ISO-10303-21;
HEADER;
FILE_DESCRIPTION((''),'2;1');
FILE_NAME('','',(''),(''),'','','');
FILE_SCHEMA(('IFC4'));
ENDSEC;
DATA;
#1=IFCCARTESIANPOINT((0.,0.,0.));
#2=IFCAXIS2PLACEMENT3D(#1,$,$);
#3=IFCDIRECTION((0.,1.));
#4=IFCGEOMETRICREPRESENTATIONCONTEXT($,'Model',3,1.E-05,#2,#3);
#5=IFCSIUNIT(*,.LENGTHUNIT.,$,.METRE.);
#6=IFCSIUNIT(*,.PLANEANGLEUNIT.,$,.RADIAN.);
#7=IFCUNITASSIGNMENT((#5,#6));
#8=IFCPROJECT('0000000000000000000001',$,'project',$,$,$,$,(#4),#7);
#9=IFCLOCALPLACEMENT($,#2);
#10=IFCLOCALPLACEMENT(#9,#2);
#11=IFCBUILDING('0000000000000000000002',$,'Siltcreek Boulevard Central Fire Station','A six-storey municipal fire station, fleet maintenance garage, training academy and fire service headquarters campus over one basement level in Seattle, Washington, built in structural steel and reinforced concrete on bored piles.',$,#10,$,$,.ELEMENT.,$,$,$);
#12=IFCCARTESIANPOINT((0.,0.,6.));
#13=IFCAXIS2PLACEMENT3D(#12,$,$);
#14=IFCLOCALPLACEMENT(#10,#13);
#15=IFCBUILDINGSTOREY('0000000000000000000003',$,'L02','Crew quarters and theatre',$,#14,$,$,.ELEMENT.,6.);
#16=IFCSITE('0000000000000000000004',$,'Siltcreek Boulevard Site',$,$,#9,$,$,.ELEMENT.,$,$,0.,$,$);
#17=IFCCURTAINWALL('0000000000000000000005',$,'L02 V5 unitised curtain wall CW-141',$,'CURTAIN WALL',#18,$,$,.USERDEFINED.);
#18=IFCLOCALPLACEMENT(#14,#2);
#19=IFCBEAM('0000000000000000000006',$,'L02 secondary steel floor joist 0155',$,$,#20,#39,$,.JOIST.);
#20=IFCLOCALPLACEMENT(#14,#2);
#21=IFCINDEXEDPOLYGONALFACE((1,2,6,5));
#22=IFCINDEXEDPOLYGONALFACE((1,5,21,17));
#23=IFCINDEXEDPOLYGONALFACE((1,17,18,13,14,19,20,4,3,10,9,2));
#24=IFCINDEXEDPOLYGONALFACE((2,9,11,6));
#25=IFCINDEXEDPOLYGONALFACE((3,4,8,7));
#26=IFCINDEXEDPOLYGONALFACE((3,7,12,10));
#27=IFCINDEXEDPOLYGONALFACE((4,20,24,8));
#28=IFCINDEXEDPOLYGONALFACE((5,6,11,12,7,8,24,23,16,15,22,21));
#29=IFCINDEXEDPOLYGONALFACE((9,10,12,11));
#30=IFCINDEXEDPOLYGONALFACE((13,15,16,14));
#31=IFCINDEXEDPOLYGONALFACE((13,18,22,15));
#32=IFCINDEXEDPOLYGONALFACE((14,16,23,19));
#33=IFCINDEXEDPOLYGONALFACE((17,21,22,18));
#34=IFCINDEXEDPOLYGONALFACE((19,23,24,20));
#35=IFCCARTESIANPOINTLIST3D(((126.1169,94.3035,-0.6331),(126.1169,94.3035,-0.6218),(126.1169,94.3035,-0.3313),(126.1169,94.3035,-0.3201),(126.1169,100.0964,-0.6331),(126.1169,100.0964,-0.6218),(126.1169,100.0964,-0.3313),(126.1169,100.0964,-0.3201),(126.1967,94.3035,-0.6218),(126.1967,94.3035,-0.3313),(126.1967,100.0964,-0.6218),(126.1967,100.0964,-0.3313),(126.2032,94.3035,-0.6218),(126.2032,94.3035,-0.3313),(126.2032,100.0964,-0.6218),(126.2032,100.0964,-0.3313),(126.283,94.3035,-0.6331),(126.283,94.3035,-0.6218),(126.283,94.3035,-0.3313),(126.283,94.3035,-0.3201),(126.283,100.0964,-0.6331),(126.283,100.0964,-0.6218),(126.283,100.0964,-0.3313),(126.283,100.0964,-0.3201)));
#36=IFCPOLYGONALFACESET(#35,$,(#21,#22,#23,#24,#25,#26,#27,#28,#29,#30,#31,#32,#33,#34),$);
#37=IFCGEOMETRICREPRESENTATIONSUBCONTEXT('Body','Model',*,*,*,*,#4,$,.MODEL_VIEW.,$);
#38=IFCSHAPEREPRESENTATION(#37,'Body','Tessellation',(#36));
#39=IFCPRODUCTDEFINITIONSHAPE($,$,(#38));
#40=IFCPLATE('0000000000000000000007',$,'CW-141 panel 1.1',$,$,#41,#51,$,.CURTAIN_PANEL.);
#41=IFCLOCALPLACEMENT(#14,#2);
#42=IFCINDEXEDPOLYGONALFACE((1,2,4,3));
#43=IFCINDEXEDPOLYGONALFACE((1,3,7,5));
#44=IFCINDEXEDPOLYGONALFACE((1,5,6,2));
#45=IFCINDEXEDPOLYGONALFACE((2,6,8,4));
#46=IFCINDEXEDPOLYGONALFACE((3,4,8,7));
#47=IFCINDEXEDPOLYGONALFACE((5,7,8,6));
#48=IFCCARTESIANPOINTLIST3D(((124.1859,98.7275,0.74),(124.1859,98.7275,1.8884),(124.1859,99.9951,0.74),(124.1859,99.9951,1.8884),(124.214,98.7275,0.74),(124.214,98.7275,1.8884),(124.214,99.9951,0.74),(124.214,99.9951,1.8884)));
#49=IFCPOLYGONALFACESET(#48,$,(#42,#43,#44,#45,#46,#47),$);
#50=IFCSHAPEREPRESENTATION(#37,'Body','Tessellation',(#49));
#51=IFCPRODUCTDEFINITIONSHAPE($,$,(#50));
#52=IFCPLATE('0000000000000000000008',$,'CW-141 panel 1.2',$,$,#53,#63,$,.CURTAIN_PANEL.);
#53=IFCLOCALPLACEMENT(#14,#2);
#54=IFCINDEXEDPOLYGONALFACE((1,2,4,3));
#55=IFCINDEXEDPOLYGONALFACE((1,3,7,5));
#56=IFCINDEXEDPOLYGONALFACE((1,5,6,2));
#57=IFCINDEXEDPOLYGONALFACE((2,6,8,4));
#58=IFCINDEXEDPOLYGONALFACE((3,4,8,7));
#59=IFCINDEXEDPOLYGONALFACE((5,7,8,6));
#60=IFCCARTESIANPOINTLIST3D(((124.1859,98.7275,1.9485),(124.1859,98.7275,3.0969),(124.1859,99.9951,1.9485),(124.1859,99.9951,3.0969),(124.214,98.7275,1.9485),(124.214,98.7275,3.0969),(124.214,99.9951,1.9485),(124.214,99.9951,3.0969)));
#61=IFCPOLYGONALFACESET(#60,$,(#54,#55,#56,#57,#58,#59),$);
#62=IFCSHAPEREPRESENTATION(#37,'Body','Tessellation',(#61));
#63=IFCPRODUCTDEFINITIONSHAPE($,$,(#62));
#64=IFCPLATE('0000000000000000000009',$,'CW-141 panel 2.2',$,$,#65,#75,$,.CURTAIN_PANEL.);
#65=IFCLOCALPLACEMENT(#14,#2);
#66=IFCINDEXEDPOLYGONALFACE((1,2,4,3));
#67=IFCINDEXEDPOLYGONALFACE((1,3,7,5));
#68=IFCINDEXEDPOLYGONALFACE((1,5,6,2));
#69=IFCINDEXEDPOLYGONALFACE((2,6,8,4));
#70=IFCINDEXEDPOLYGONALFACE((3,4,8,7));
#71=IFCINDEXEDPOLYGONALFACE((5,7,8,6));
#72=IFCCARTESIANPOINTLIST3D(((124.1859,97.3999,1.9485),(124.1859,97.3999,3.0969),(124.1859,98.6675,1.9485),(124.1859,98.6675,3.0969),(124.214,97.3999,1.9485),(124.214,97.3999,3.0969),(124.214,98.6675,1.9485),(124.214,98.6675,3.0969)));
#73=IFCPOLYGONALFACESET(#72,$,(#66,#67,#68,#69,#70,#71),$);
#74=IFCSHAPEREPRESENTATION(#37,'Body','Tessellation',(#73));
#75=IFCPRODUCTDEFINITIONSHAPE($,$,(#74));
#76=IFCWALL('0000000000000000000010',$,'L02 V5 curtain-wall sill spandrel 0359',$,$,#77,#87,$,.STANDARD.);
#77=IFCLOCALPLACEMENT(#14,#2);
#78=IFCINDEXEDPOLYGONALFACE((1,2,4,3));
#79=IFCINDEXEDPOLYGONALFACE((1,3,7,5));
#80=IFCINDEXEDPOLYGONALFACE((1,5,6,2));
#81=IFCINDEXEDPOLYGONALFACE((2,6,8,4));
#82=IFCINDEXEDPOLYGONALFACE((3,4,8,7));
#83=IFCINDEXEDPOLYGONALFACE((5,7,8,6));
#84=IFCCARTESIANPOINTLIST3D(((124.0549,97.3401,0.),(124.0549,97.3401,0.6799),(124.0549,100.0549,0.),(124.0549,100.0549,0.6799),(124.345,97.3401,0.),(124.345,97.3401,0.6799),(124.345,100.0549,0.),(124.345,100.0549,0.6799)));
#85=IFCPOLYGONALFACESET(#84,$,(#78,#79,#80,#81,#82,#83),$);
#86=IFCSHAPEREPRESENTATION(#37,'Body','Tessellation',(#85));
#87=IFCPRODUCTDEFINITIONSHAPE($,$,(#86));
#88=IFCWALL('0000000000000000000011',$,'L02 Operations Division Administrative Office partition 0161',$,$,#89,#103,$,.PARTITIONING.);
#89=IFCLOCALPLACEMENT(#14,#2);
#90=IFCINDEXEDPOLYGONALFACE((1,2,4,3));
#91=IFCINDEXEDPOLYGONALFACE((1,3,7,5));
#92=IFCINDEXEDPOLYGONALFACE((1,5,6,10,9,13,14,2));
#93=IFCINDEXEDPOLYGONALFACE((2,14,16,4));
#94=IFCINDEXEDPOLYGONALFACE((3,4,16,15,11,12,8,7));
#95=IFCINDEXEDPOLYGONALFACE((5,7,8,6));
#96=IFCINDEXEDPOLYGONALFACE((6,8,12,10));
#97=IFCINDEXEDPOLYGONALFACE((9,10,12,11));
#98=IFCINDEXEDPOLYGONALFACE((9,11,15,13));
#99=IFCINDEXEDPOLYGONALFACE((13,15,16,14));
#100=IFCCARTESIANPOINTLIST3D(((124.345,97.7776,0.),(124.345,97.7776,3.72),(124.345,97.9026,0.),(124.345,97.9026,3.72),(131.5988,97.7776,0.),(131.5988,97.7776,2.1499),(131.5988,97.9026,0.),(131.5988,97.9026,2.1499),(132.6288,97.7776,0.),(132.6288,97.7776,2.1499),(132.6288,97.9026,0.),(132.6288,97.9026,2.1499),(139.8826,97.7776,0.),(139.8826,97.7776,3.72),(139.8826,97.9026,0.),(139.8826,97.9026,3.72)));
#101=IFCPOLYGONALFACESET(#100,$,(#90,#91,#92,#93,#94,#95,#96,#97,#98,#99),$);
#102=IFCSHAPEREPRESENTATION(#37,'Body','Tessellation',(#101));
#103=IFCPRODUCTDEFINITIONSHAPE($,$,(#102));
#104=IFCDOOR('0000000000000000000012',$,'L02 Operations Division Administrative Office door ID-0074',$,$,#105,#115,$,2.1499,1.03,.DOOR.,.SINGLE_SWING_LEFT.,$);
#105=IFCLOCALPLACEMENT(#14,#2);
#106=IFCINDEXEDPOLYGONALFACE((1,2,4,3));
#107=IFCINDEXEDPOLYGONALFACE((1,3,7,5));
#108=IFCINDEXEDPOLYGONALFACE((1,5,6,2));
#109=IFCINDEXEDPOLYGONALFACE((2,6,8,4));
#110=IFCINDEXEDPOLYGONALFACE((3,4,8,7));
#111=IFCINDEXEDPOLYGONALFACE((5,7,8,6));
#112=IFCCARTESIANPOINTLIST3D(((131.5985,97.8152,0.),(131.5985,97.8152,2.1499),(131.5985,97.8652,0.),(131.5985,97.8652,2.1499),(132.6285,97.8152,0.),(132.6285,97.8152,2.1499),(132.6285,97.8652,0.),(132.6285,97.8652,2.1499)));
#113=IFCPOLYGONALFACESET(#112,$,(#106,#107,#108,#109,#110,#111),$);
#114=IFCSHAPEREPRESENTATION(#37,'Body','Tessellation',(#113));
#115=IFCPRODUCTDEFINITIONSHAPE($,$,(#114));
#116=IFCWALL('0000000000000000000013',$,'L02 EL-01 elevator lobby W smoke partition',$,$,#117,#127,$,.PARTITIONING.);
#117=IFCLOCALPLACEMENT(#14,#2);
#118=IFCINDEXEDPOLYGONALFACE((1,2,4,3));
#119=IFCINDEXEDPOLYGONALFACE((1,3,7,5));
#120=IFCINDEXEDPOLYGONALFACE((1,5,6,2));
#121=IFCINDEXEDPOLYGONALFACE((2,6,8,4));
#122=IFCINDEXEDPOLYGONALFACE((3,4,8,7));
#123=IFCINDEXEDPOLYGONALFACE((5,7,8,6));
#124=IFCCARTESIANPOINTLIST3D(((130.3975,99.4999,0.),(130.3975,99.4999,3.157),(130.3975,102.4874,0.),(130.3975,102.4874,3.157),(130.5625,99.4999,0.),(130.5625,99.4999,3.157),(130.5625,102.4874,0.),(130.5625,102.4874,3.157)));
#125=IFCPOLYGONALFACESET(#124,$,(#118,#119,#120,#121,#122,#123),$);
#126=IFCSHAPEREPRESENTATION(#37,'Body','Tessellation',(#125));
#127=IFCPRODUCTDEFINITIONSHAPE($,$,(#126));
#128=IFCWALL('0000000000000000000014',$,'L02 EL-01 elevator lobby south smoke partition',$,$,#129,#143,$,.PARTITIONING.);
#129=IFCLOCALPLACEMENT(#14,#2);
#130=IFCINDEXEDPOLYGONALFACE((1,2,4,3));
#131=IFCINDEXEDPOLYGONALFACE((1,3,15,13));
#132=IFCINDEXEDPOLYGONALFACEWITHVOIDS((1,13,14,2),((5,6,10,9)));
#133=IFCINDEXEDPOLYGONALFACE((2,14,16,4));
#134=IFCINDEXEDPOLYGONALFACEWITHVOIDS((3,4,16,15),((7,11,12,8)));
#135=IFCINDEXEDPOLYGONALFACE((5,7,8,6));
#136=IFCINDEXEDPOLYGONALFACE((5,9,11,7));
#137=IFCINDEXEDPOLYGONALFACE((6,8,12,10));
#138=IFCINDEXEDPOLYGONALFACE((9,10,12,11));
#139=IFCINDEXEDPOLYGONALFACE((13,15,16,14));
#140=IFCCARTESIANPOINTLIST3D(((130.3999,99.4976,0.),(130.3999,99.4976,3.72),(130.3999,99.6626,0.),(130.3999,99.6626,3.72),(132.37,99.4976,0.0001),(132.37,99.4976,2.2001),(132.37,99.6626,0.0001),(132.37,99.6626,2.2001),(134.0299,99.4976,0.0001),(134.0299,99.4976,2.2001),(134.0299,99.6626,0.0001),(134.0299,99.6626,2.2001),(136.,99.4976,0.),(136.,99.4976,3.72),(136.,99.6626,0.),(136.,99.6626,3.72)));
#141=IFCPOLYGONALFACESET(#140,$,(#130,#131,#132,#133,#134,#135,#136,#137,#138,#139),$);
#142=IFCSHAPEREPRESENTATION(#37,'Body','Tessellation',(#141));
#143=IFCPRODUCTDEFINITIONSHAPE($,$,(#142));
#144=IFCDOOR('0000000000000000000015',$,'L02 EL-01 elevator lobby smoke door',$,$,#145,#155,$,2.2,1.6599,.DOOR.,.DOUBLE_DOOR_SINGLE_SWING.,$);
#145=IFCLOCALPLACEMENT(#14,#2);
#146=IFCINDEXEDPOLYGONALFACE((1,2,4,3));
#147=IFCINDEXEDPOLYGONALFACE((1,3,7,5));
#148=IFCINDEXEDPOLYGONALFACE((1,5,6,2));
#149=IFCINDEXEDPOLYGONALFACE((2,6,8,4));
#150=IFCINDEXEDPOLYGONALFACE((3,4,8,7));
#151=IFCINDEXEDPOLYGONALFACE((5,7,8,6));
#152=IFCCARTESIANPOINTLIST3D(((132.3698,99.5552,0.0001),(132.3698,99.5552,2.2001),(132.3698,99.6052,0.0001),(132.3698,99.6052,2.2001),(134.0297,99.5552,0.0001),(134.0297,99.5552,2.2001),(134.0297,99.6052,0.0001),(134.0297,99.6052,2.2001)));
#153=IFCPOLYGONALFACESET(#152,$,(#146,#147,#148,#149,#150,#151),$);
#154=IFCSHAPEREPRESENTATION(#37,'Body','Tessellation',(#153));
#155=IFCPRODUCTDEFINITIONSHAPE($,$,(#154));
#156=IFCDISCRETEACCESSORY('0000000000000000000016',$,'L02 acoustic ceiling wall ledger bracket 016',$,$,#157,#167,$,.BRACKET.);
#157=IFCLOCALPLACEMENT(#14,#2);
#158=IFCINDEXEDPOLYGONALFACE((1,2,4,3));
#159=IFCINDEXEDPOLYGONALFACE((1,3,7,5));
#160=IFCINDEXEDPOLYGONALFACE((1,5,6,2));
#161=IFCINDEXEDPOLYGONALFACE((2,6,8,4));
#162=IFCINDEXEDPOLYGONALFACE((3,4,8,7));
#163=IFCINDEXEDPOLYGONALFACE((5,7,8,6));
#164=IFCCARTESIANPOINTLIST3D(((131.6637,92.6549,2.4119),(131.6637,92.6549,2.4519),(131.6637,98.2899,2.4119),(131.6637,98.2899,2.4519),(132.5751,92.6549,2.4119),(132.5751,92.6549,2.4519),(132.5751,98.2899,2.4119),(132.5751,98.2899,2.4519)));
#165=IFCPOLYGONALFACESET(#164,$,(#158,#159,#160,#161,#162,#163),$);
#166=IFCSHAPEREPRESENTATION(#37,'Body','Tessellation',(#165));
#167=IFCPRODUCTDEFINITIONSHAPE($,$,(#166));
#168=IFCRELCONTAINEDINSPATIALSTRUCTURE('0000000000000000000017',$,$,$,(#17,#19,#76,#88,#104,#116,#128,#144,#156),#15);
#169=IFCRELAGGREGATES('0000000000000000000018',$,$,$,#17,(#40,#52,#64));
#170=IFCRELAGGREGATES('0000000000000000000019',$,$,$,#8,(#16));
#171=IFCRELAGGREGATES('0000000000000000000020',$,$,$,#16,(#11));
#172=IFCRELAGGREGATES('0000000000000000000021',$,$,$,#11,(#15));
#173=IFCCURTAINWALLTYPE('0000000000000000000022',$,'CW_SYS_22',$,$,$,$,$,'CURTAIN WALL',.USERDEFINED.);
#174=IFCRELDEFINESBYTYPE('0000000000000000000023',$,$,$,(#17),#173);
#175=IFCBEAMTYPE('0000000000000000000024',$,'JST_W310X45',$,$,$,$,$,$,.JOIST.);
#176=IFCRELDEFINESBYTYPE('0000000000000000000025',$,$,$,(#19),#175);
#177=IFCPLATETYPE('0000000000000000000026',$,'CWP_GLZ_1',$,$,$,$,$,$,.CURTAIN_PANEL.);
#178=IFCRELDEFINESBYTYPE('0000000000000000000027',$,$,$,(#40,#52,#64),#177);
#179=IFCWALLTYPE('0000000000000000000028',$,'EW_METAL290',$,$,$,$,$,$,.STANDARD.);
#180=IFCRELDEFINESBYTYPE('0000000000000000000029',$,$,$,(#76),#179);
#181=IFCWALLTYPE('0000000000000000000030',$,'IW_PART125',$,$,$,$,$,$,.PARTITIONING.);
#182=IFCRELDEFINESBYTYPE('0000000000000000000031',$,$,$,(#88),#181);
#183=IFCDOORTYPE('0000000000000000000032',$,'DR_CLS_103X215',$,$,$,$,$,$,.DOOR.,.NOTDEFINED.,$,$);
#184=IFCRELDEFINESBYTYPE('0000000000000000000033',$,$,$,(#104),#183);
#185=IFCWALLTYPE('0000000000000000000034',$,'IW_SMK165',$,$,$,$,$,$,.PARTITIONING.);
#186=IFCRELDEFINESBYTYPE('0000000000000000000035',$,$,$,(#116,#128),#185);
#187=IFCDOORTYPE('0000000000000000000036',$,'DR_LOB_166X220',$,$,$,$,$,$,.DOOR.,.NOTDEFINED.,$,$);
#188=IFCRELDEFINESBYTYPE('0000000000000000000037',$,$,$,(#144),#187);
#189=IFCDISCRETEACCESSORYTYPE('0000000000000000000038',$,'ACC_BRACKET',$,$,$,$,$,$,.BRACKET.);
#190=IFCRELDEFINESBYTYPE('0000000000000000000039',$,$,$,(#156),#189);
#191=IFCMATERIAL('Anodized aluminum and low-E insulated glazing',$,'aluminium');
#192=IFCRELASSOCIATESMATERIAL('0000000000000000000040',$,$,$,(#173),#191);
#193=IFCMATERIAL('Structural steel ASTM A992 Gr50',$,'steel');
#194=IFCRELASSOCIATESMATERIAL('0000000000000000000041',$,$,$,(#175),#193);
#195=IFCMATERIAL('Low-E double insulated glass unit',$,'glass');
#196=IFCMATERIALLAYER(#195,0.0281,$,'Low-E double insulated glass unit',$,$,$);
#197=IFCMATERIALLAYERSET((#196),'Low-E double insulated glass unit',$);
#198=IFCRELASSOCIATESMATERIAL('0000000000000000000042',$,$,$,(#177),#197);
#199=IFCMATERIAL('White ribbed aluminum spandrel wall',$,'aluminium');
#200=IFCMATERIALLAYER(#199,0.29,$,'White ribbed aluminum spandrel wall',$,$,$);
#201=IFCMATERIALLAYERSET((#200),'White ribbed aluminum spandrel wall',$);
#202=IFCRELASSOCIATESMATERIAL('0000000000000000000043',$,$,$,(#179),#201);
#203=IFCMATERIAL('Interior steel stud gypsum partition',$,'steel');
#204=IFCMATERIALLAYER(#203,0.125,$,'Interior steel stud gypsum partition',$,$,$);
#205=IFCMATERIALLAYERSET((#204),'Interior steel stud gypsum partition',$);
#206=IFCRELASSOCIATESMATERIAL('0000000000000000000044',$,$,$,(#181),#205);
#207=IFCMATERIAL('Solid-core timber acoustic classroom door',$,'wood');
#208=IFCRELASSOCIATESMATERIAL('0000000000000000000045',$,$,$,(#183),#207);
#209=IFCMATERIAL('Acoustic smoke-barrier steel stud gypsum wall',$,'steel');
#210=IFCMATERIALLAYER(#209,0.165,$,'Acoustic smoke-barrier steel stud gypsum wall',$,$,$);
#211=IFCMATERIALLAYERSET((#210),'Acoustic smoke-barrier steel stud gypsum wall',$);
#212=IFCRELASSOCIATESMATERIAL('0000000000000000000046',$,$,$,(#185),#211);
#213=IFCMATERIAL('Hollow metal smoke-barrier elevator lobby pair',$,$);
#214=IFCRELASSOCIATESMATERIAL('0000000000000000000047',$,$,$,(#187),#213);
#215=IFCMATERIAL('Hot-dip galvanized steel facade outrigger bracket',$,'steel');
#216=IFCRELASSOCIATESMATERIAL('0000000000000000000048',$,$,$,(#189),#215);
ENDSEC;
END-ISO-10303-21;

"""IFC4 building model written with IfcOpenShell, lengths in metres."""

from ifc_helpers import new_model, si_unit, direction, frame, frame_2d, origin, origin_2d, place, context, subcontext, project, spatial, rectangle, i_section, extrude, material, layer, layer_set, material_profile, profile_set, type_object, element, fill, aggregate, save


model = new_model("IFC4")

# Units and contexts
model_context = context("Model", 3, precision=1e-05, world=origin(), true_north=direction((0.0, 1.0)))
body_context = subcontext(model_context, "Body", "Model", "MODEL_VIEW")
ifc_project = project(units=[si_unit("LENGTHUNIT", "METRE"), si_unit("PLANEANGLEUNIT", "RADIAN")], contexts=[model_context])

# Site, building, storey
site_placement = place(None, origin())
site = spatial("IfcSite", under=ifc_project, at=site_placement, Name="Siltcreek Boulevard Site", CompositionType="ELEMENT", RefElevation=0.0)
building_placement = place(site_placement, origin())
building = spatial("IfcBuilding", under=site, at=building_placement, Name="Siltcreek Boulevard Central Fire Station", Description="A six-storey municipal fire station, fleet maintenance garage, training academy and fire service headquarters campus over one basement level in Seattle, Washington, built in structural steel and reinforced concrete on bored piles.", CompositionType="ELEMENT")
storey_placement = place(building_placement, frame((0.0, 0.0, 6.0)))
storey = spatial("IfcBuildingStorey", under=building, at=storey_placement, Name="L02", Description="Crew quarters and theatre", CompositionType="ELEMENT", Elevation=6.0)

# Shared definitions
ifc_material_1 = material(Name="Structural steel ASTM A992 Gr50", Category="steel")

# Curtain wall
ifc_material_2 = material(Name="Anodized aluminum and low-E insulated glazing", Category="aluminium")
curtain_wall_type = type_object("IfcCurtainWallType", Name="CW_SYS_22", ElementType="CURTAIN WALL", PredefinedType="USERDEFINED", material=ifc_material_2)
curtain_wall_placement = place(storey_placement, origin())
curtain_wall = element("IfcCurtainWall", 1, at=curtain_wall_placement, inside=storey, type_object=curtain_wall_type, Name="L02 V5 unitised curtain wall CW-141", ObjectType="CURTAIN WALL", PredefinedType="USERDEFINED")

# Beam
ifc_material_profile_1 = material_profile(ifc_material_1, i_section(OverallWidth=0.166, OverallDepth=0.313, WebThickness=0.0066, FlangeThickness=0.0112, at=origin_2d()), Name="W310X45")
ifc_profile_set_1 = profile_set([ifc_material_profile_1], Name="Structural steel ASTM A992 Gr50")
beam_type_1 = type_object("IfcBeamType", Name="JST_W310X45", PredefinedType="JOIST", material=ifc_profile_set_1)
beam_1_placement = place(storey_placement, frame((126.2, 94.3035, -0.4766), z_axis=(0.0, 1.0, 0.0), x_axis=(-1.0, 0.0, 0.0)))
element("IfcBeam", 2, at=beam_1_placement, inside=storey, type_object=beam_type_1, Name="L02 secondary steel floor joist 0155", PredefinedType="JOIST", context=body_context, shape_type="SweptSolid", body=[
    extrude(i_section(OverallWidth=0.166, OverallDepth=0.313, WebThickness=0.0066, FlangeThickness=0.0112, at=origin_2d()), origin(), (0.0, 0.0, 1.0), 5.793),
])

# Plates
ifc_material_3 = material(Name="Low-E double insulated glass unit", Category="glass")
ifc_layer_1 = layer(ifc_material_3, 0.0281, Name="Low-E double insulated glass unit")
ifc_layer_set_1 = layer_set([ifc_layer_1], Name="Low-E double insulated glass unit")
plate_type = type_object("IfcPlateType", Name="CWP_GLZ_1", PredefinedType="CURTAIN_PANEL", material=ifc_layer_set_1)
plate_1_placement = place(storey_placement, frame((124.2, 99.3613, 0.74), z_axis=(0.0, 0.0, 1.0), x_axis=(0.0, -1.0, 0.0)))
plate_1 = element("IfcPlate", 3, at=plate_1_placement, type_object=plate_type, Name="CW-141 panel 1.1", PredefinedType="CURTAIN_PANEL", context=body_context, shape_type="SweptSolid", body=[
    extrude(rectangle(XDim=1.2676, YDim=0.0281, at=origin_2d()), origin(), (0.0, 0.0, 1.0), 1.1484),
])
plate_2_placement = place(storey_placement, frame((124.2, 99.3613, 1.9485), z_axis=(0.0, 0.0, 1.0), x_axis=(0.0, -1.0, 0.0)))
plate_2 = element("IfcPlate", 4, at=plate_2_placement, type_object=plate_type, Name="CW-141 panel 1.2", PredefinedType="CURTAIN_PANEL", context=body_context, shape_type="SweptSolid", body=[
    extrude(rectangle(XDim=1.2676, YDim=0.0281, at=origin_2d()), origin(), (0.0, 0.0, 1.0), 1.1484),
])
plate_3_placement = place(storey_placement, frame((124.2, 98.0337, 1.9485), z_axis=(0.0, 0.0, 1.0), x_axis=(0.0, -1.0, 0.0)))
plate_3 = element("IfcPlate", 5, at=plate_3_placement, type_object=plate_type, Name="CW-141 panel 2.2", PredefinedType="CURTAIN_PANEL", context=body_context, shape_type="SweptSolid", body=[
    extrude(rectangle(XDim=1.2676, YDim=0.0281, at=origin_2d()), origin(), (0.0, 0.0, 1.0), 1.1484),
])
aggregate(curtain_wall, [plate_1, plate_2, plate_3])

# Wall
ifc_material_4 = material(Name="White ribbed aluminum spandrel wall", Category="aluminium")
ifc_layer_2 = layer(ifc_material_4, 0.29, Name="White ribbed aluminum spandrel wall")
ifc_layer_set_2 = layer_set([ifc_layer_2], Name="White ribbed aluminum spandrel wall")
wall_type_1 = type_object("IfcWallType", Name="EW_METAL290", PredefinedType="STANDARD", material=ifc_layer_set_2)
wall_1_placement = place(storey_placement, frame((124.2, 100.0549, 0.0), z_axis=(0.0, 0.0, 1.0), x_axis=(0.0, -1.0, 0.0)))
element("IfcWall", 6, at=wall_1_placement, inside=storey, type_object=wall_type_1, Name="L02 V5 curtain-wall sill spandrel 0359", PredefinedType="STANDARD", context=body_context, shape_type="SweptSolid", body=[
    extrude(rectangle(XDim=2.7148, YDim=0.29, at=frame_2d((1.3574, 0.0))), origin(), (0.0, 0.0, 1.0), 0.6799),
])

# Wall, opening, door
ifc_material_5 = material(Name="Interior steel stud gypsum partition", Category="steel")
ifc_layer_3 = layer(ifc_material_5, 0.125, Name="Interior steel stud gypsum partition")
ifc_layer_set_3 = layer_set([ifc_layer_3], Name="Interior steel stud gypsum partition")
wall_type_2 = type_object("IfcWallType", Name="IW_PART125", PredefinedType="PARTITIONING", material=ifc_layer_set_3)
wall_2_placement = place(storey_placement, frame((124.345, 97.8401, 0.0), z_axis=(0.0, 0.0, 1.0), x_axis=(1.0, 0.0, 0.0)))
wall_2 = element("IfcWall", 7, at=wall_2_placement, inside=storey, type_object=wall_type_2, Name="L02 Operations Division Administrative Office partition 0161", PredefinedType="PARTITIONING", context=body_context, shape_type="SweptSolid", body=[
    extrude(rectangle(XDim=15.5376, YDim=0.125, at=frame_2d((7.7688, 0.0))), origin(), (0.0, 0.0, 1.0), 3.72),
])
opening_1_placement = place(wall_2_placement, frame((7.2537, 0.0, 0.0)))
opening_1 = element("IfcOpeningElement", 8, at=opening_1_placement, cuts=wall_2, PredefinedType="OPENING", context=body_context, shape_type="SweptSolid", body=[
    extrude(rectangle(XDim=1.03, YDim=2.1499, at=frame_2d((0.5151, 1.075))), frame((0.0, 0.0725, 0.0), z_axis=(0.0, -1.0, 0.0), x_axis=(1.0, 0.0, 0.0)), (0.0, 0.0, 1.0), 0.145),
])
ifc_material_6 = material(Name="Solid-core timber acoustic classroom door", Category="wood")
door_type_1 = type_object("IfcDoorType", Name="DR_CLS_103X215", OperationType="NOTDEFINED", PredefinedType="DOOR", material=ifc_material_6)
door_1_placement = place(opening_1_placement, frame((1.03, 0.0, 0.0), z_axis=(0.0, 0.0, 1.0), x_axis=(-1.0, 0.0, 0.0)))
door_1 = element("IfcDoor", 9, at=door_1_placement, inside=storey, type_object=door_type_1, Name="L02 Operations Division Administrative Office door ID-0074", OperationType="SINGLE_SWING_LEFT", OverallHeight=2.1499, OverallWidth=1.03, PredefinedType="DOOR", context=body_context, shape_type="SweptSolid", body=[
    extrude(rectangle(XDim=1.03, YDim=2.1499, at=frame_2d((0.5151, 1.075))), frame((0.0, 0.0249, 0.0), z_axis=(0.0, -1.0, 0.0), x_axis=(1.0, 0.0, 0.0)), (0.0, 0.0, 1.0), 0.05),
])
fill(opening_1, door_1)

# Wall
ifc_material_7 = material(Name="Acoustic smoke-barrier steel stud gypsum wall", Category="steel")
ifc_layer_4 = layer(ifc_material_7, 0.165, Name="Acoustic smoke-barrier steel stud gypsum wall")
ifc_layer_set_4 = layer_set([ifc_layer_4], Name="Acoustic smoke-barrier steel stud gypsum wall")
wall_type_3 = type_object("IfcWallType", Name="IW_SMK165", PredefinedType="PARTITIONING", material=ifc_layer_set_4)
wall_3_placement = place(storey_placement, frame((130.48, 99.5, 0.0), z_axis=(0.0, 0.0, 1.0), x_axis=(0.0, 1.0, 0.0)))
element("IfcWall", 10, at=wall_3_placement, inside=storey, type_object=wall_type_3, Name="L02 EL-01 elevator lobby W smoke partition", PredefinedType="PARTITIONING", context=body_context, shape_type="SweptSolid", body=[
    extrude(rectangle(XDim=2.9875, YDim=0.165, at=frame_2d((1.4937, 0.0))), origin(), (0.0, 0.0, 1.0), 3.157),
])

# Wall, opening, door
wall_4_placement = place(storey_placement, frame((130.3999, 99.5801, 0.0), z_axis=(0.0, 0.0, 1.0), x_axis=(1.0, 0.0, 0.0)))
wall_4 = element("IfcWall", 11, at=wall_4_placement, inside=storey, type_object=wall_type_3, Name="L02 EL-01 elevator lobby south smoke partition", PredefinedType="PARTITIONING", context=body_context, shape_type="SweptSolid", body=[
    extrude(rectangle(XDim=5.6001, YDim=0.165, at=frame_2d((2.8, 0.0))), origin(), (0.0, 0.0, 1.0), 3.72),
])
opening_2_placement = place(wall_4_placement, frame((1.97, 0.0, 0.0)))
opening_2 = element("IfcOpeningElement", 12, at=opening_2_placement, cuts=wall_4, PredefinedType="OPENING", context=body_context, shape_type="SweptSolid", body=[
    extrude(rectangle(XDim=1.6599, YDim=2.2, at=frame_2d((0.8301, 1.1001))), frame((0.0, 0.0925, 0.0), z_axis=(0.0, -1.0, 0.0), x_axis=(1.0, 0.0, 0.0)), (0.0, 0.0, 1.0), 0.1851),
])
ifc_material_8 = material(Name="Hollow metal smoke-barrier elevator lobby pair")
door_type_2 = type_object("IfcDoorType", Name="DR_LOB_166X220", OperationType="NOTDEFINED", PredefinedType="DOOR", material=ifc_material_8)
door_2_placement = place(opening_2_placement, frame((1.6599, 0.0, 0.0), z_axis=(0.0, 0.0, 1.0), x_axis=(-1.0, 0.0, 0.0)))
door_2 = element("IfcDoor", 13, at=door_2_placement, inside=storey, type_object=door_type_2, Name="L02 EL-01 elevator lobby smoke door", OperationType="DOUBLE_DOOR_SINGLE_SWING", OverallHeight=2.2, OverallWidth=1.6599, PredefinedType="DOOR", context=body_context, shape_type="SweptSolid", body=[
    extrude(rectangle(XDim=1.6599, YDim=2.2, at=frame_2d((0.8301, 1.1001))), frame((0.0, 0.0249, 0.0), z_axis=(0.0, -1.0, 0.0), x_axis=(1.0, 0.0, 0.0)), (0.0, 0.0, 1.0), 0.05),
])
fill(opening_2, door_2)

# Discrete accessory
ifc_material_9 = material(Name="Hot-dip galvanized steel facade outrigger bracket", Category="steel")
discrete_accessory_type = type_object("IfcDiscreteAccessoryType", Name="ACC_BRACKET", PredefinedType="BRACKET", material=ifc_material_9)
discrete_accessory_placement = place(storey_placement, frame((132.1194, 95.4724, 2.4119), z_axis=(0.0, 0.0, 1.0), x_axis=(1.0, 0.0, 0.0)))
element("IfcDiscreteAccessory", 14, at=discrete_accessory_placement, inside=storey, type_object=discrete_accessory_type, Name="L02 acoustic ceiling wall ledger bracket 016", PredefinedType="BRACKET", context=body_context, shape_type="SweptSolid", body=[
    extrude(rectangle(XDim=0.9114, YDim=5.635, at=origin_2d()), origin(), (0.0, 0.0, 1.0), 0.04),
])

save(model, "model.ifc")
